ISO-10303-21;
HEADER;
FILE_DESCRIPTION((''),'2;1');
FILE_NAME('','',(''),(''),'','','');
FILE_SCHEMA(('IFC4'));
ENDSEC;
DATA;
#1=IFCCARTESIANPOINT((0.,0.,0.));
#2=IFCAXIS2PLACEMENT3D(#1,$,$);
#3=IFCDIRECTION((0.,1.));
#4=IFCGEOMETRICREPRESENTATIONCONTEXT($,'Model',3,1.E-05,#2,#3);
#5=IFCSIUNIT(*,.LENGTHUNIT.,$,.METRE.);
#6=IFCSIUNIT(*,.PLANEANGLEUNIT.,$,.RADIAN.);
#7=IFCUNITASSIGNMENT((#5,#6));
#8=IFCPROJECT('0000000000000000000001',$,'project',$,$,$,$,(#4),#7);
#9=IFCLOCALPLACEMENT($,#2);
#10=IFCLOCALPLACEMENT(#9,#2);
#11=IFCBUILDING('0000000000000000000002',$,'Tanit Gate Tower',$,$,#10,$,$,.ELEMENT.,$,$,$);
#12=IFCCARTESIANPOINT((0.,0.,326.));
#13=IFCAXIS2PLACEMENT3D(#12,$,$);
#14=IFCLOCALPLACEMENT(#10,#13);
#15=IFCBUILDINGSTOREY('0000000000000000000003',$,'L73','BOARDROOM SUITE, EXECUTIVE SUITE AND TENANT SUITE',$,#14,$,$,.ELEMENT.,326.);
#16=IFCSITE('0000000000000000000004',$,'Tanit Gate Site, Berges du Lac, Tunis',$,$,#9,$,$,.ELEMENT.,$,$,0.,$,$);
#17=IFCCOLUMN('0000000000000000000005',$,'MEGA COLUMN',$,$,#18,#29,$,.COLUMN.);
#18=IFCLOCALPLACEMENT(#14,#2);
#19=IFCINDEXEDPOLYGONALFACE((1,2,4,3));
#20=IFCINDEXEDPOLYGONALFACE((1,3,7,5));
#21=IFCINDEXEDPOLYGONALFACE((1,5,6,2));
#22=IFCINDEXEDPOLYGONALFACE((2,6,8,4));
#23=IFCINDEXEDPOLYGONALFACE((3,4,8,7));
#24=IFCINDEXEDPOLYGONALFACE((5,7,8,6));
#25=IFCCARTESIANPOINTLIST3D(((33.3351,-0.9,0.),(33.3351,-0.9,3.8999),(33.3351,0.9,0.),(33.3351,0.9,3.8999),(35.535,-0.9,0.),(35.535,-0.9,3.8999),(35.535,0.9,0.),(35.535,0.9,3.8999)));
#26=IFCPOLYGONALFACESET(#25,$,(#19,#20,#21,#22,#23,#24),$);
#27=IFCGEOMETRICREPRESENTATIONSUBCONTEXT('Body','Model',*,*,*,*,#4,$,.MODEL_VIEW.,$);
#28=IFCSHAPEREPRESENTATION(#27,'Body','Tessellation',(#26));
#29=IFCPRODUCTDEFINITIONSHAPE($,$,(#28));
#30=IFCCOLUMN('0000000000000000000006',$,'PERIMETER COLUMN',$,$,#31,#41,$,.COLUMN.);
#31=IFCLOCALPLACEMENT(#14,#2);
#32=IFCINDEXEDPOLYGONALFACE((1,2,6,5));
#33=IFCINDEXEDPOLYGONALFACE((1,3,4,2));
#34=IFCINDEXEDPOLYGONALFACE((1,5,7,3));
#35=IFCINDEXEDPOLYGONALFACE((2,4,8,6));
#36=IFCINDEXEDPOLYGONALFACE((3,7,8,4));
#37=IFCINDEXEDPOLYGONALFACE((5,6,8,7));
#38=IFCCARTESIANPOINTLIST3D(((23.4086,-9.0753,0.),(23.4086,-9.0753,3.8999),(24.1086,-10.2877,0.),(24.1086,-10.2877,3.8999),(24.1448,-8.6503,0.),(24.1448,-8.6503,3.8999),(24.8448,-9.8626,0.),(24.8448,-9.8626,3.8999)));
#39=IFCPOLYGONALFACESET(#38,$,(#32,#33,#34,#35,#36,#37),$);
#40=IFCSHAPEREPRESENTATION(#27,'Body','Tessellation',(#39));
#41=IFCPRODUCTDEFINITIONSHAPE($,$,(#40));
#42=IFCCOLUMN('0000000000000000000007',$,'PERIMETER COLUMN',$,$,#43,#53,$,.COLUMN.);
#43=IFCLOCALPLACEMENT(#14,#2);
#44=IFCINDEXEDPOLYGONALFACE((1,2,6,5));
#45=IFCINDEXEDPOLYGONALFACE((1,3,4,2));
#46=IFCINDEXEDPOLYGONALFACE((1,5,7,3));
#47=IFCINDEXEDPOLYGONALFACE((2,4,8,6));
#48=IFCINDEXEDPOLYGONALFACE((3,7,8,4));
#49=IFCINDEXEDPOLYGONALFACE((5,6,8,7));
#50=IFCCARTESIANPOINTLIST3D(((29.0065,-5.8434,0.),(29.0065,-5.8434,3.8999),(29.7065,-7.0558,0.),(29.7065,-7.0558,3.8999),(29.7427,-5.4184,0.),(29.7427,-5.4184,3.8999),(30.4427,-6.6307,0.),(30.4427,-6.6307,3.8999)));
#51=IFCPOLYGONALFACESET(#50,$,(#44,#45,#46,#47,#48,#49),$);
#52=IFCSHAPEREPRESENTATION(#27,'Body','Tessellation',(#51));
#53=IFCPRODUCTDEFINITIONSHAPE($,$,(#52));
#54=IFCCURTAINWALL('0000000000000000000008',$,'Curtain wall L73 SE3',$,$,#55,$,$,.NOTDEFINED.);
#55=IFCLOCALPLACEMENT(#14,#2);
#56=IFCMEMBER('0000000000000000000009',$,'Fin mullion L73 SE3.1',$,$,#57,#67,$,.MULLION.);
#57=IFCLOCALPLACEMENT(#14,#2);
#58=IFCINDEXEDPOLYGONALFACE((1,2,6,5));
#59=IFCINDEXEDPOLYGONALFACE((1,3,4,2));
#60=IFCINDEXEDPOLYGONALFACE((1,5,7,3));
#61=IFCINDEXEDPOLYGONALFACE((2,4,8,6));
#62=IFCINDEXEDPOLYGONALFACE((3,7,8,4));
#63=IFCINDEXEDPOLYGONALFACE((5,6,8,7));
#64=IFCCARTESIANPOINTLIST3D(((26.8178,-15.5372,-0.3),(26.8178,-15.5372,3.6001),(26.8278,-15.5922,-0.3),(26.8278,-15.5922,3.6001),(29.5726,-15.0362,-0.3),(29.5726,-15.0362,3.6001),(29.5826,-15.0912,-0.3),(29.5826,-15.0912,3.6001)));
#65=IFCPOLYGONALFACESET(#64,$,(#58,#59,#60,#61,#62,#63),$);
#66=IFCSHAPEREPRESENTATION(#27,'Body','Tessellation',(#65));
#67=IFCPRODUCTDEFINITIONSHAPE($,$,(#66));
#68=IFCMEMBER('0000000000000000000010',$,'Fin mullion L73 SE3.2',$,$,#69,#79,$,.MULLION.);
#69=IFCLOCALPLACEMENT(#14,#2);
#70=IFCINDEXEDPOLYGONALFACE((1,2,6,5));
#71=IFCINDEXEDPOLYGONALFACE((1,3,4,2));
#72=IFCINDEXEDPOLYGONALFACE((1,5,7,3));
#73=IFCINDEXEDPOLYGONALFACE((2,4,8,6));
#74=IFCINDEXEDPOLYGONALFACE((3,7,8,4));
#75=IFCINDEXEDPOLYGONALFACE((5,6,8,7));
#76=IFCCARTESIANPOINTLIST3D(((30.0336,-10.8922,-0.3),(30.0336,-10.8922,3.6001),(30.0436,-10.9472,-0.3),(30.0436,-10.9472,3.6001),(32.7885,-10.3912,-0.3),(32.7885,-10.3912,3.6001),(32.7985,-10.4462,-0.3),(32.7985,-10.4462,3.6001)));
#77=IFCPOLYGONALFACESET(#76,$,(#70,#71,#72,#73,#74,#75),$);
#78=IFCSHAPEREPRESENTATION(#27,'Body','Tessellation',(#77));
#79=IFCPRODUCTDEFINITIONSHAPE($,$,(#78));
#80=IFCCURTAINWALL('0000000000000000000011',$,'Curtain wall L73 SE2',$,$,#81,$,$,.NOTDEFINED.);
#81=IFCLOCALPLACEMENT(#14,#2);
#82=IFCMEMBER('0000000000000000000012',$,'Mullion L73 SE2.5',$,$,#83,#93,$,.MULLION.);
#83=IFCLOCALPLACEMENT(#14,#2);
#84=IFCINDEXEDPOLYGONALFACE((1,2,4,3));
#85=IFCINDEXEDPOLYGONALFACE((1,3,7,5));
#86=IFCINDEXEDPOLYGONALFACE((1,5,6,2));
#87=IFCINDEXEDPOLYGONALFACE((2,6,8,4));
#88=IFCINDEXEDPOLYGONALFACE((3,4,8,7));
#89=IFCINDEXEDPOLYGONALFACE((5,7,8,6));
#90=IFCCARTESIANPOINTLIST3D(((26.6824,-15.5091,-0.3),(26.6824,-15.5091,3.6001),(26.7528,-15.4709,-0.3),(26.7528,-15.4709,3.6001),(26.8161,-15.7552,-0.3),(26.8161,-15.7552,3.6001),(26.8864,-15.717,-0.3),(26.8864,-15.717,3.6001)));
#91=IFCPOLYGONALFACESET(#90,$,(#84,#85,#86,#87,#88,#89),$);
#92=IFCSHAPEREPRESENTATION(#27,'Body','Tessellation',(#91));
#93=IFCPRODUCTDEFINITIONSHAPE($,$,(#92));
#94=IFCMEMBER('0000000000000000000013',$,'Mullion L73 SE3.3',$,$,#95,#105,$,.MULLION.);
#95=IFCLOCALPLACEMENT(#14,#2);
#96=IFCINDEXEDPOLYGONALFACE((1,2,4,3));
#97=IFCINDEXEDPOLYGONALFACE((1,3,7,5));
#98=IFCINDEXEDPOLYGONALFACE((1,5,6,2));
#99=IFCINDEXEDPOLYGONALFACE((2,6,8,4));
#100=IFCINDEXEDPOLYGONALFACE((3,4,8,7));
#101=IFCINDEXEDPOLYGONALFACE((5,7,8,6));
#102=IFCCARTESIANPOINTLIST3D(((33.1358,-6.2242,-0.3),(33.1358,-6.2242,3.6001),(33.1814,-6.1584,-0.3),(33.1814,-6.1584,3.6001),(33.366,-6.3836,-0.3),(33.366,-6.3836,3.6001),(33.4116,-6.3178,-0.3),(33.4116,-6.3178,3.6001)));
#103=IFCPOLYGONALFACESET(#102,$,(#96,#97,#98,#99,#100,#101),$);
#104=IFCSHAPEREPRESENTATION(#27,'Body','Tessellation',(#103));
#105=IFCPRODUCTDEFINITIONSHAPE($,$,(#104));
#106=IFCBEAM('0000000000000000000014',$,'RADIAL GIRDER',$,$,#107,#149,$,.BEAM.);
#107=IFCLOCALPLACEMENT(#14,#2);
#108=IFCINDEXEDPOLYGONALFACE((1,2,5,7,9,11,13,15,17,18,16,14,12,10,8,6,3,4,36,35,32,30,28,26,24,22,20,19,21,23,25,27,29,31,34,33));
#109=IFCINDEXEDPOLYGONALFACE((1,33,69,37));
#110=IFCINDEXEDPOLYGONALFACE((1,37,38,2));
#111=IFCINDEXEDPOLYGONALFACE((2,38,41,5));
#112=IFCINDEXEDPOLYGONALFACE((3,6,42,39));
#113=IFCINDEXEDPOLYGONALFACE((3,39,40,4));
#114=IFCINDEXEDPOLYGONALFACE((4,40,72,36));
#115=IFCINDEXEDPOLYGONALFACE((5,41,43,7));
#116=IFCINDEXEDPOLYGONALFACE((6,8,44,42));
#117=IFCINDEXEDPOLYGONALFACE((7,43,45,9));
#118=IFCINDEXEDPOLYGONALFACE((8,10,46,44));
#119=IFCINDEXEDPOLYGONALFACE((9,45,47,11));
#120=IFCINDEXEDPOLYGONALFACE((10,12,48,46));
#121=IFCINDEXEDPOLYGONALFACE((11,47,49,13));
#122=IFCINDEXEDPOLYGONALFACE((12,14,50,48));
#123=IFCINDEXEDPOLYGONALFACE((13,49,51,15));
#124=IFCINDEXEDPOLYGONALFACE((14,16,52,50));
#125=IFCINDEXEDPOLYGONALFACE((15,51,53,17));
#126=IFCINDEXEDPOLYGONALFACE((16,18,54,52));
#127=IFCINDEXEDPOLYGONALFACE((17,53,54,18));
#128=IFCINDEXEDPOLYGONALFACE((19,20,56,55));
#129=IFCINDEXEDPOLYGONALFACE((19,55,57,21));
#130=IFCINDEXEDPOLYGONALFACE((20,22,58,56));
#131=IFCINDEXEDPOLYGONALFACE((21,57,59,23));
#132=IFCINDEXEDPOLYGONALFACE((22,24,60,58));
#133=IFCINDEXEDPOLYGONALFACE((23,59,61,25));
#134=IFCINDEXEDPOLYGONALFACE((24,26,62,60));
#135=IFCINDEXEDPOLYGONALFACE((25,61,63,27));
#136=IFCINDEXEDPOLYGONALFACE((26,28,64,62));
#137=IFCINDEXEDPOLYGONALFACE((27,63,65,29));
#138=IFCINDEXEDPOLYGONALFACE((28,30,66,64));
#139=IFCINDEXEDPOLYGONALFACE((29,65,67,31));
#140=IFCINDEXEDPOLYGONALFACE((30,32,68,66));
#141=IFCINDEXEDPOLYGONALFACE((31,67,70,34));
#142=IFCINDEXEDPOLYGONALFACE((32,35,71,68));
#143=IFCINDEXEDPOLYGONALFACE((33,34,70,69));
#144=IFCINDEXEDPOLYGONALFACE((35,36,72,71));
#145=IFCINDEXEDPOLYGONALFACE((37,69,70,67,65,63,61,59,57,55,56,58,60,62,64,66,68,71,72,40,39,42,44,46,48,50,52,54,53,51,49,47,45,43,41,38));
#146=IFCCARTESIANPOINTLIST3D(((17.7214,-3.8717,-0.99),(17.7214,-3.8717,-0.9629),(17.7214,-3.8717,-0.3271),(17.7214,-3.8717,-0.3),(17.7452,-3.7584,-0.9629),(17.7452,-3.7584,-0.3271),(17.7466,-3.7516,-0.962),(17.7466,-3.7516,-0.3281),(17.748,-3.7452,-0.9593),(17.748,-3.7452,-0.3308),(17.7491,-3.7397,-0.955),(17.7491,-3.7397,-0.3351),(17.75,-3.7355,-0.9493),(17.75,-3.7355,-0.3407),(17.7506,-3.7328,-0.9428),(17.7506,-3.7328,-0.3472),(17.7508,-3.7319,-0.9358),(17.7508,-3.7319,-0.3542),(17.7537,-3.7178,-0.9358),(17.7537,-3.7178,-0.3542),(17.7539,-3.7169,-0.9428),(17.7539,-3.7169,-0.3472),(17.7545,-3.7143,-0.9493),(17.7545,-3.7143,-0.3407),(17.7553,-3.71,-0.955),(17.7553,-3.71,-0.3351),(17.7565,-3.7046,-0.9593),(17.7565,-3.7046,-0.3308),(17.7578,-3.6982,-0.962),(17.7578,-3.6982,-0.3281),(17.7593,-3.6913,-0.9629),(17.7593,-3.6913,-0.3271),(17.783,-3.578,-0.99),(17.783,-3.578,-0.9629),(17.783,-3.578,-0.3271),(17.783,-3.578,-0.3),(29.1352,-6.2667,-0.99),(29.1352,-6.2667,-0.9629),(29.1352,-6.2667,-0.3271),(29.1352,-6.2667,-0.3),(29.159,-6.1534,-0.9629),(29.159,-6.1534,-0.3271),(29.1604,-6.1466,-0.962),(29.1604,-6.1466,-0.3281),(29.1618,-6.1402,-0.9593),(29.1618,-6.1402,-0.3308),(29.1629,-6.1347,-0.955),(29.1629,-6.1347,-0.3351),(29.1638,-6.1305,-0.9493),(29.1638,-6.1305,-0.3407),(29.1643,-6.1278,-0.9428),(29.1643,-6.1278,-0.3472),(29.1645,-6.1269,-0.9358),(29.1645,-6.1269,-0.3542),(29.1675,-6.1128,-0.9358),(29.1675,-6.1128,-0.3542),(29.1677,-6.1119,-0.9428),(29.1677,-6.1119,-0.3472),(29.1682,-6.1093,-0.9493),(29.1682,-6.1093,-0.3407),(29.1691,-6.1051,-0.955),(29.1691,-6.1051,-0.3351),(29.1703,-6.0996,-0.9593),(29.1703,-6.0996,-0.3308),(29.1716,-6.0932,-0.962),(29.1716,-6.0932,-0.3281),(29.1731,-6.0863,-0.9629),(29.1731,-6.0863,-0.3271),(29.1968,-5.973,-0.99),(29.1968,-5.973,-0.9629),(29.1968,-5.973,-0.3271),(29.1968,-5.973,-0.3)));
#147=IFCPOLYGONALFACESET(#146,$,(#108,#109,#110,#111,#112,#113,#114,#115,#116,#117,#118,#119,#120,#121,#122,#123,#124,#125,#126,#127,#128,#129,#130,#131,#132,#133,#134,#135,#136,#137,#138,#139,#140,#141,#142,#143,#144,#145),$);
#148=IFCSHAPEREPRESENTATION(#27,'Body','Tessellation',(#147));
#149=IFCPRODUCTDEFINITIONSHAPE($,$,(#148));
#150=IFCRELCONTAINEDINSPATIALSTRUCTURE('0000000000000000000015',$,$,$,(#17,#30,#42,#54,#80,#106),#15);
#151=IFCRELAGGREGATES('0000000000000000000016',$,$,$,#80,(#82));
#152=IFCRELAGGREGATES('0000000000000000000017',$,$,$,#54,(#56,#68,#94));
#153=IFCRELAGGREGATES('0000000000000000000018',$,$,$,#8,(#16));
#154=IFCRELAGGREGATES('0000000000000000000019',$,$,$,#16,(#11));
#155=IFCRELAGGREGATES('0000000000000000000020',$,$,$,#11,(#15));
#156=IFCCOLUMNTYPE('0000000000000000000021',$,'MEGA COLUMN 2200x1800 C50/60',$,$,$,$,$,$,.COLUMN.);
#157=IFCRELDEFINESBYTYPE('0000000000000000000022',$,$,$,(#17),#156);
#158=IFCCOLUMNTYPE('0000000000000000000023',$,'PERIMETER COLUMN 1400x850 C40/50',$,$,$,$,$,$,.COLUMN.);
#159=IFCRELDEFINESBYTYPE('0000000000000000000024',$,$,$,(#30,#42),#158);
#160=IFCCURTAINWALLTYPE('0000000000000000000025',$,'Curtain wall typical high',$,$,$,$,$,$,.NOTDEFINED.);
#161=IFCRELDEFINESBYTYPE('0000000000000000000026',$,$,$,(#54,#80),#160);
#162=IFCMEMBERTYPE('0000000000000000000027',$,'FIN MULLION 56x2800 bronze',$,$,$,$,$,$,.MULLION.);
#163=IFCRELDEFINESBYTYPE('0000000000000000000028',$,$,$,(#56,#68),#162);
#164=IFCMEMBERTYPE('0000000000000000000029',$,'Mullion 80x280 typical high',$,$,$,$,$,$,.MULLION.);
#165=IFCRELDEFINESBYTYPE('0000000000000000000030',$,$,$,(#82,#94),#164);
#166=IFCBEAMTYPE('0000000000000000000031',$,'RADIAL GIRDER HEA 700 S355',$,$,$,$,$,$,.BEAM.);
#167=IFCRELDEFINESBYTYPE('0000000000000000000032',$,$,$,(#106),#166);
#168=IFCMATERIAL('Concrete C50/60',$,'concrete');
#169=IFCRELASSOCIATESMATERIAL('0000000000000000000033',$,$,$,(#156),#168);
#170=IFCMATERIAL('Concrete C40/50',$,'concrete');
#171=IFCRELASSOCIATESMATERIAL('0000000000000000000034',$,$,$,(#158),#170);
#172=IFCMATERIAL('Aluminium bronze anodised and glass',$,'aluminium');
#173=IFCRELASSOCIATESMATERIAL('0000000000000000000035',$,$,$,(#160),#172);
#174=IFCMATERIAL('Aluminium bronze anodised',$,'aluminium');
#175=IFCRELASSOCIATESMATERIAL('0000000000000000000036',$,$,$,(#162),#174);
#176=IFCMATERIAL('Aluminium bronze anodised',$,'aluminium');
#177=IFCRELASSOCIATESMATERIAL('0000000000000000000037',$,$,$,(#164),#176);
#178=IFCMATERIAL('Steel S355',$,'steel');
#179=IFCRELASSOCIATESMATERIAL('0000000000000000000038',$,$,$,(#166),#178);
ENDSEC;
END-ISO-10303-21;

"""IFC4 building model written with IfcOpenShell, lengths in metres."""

from ifc_helpers import new_model, si_unit, direction, frame, origin, origin_2d, place, context, subcontext, project, spatial, rectangle, i_section, extrude, material, material_profile, profile_set, type_object, element, aggregate, save


model = new_model("IFC4")

# Units and contexts
model_context = context("Model", 3, precision=1e-05, world=origin(), true_north=direction((0.0, 1.0)))
body_context = subcontext(model_context, "Body", "Model", "MODEL_VIEW")
ifc_project = project(units=[si_unit("LENGTHUNIT", "METRE"), si_unit("PLANEANGLEUNIT", "RADIAN")], contexts=[model_context])

# Site, building, storey
site_placement = place(None, origin())
site = spatial("IfcSite", under=ifc_project, at=site_placement, Name="Tanit Gate Site, Berges du Lac, Tunis", CompositionType="ELEMENT", RefElevation=0.0)
building_placement = place(site_placement, origin())
building = spatial("IfcBuilding", under=site, at=building_placement, Name="Tanit Gate Tower", CompositionType="ELEMENT")
storey_placement = place(building_placement, frame((0.0, 0.0, 326.0)))
storey = spatial("IfcBuildingStorey", under=building, at=storey_placement, Name="L73", Description="BOARDROOM SUITE, EXECUTIVE SUITE AND TENANT SUITE", CompositionType="ELEMENT", Elevation=326.0)

# Columns
ifc_material_1 = material(Name="Concrete C50/60", Category="concrete")
ifc_material_profile_1 = material_profile(ifc_material_1, rectangle(XDim=2.2, YDim=1.8, at=origin_2d()), Name="RC 2200x1800")
ifc_profile_set_1 = profile_set([ifc_material_profile_1], Name="Concrete C50/60")
column_type_1 = type_object("IfcColumnType", Name="MEGA COLUMN 2200x1800 C50/60", PredefinedType="COLUMN", material=ifc_profile_set_1)
column_placement = place(storey_placement, frame((34.4351, 0.0, 0.0), z_axis=(0.0, 0.0, 1.0), x_axis=(1.0, 0.0, 0.0)))
element("IfcColumn", 1, at=column_placement, inside=storey, type_object=column_type_1, Name="MEGA COLUMN", PredefinedType="COLUMN", context=body_context, shape_type="SweptSolid", body=[
    extrude(rectangle(XDim=2.2, YDim=1.8, at=origin_2d()), origin(), (0.0, 0.0, 1.0), 3.8999),
])
ifc_material_2 = material(Name="Concrete C40/50", Category="concrete")
ifc_material_profile_2 = material_profile(ifc_material_2, rectangle(XDim=1.3999, YDim=0.8501, at=origin_2d()), Name="RC 1400x850")
ifc_profile_set_2 = profile_set([ifc_material_profile_2], Name="Concrete C40/50")
column_type_2 = type_object("IfcColumnType", Name="PERIMETER COLUMN 1400x850 C40/50", PredefinedType="COLUMN", material=ifc_profile_set_2)
for number, where, z_axis, x_axis, name in (
    (2, (24.1267, -9.469, 0.0), (0.0, 0.0, 1.0), (0.5, -0.866025, 0.0), "PERIMETER COLUMN"),
    (3, (29.7246, -6.2371, 0.0), (0.0, 0.0, 1.0), (0.5, -0.866025, 0.0), "PERIMETER COLUMN"),
):
    element("IfcColumn", number, at=place(storey_placement, frame(where, z_axis=z_axis, x_axis=x_axis)), inside=storey, type_object=column_type_2, Name=name, PredefinedType="COLUMN", context=body_context, shape_type="SweptSolid", body=[
        extrude(rectangle(XDim=1.3999, YDim=0.8501, at=origin_2d()), origin(), (0.0, 0.0, 1.0), 3.8999),
    ])

# Curtain wall, members
ifc_material_3 = material(Name="Aluminium bronze anodised and glass", Category="aluminium")
curtain_wall_type = type_object("IfcCurtainWallType", Name="Curtain wall typical high", PredefinedType="NOTDEFINED", material=ifc_material_3)
curtain_wall_1_placement = place(storey_placement, origin())
curtain_wall_1 = element("IfcCurtainWall", 4, at=curtain_wall_1_placement, inside=storey, type_object=curtain_wall_type, Name="Curtain wall L73 SE3", PredefinedType="NOTDEFINED")
ifc_material_4 = material(Name="Aluminium bronze anodised", Category="aluminium")
ifc_material_profile_3 = material_profile(ifc_material_4, rectangle(XDim=2.8, YDim=0.0559, at=origin_2d()), Name="56x2800 bronze fin mullion")
ifc_profile_set_3 = profile_set([ifc_material_profile_3], Name="Aluminium bronze anodised")
member_type_1 = type_object("IfcMemberType", Name="FIN MULLION 56x2800 bronze", PredefinedType="MULLION", material=ifc_profile_set_3)
member_1_placement = place(storey_placement, frame((28.2002, -15.3142, -0.3), z_axis=(0.0, 0.0, 1.0), x_axis=(-0.983866, -0.178909, 0.0)))
member_1 = element("IfcMember", 5, at=member_1_placement, type_object=member_type_1, Name="Fin mullion L73 SE3.1", PredefinedType="MULLION", context=body_context, shape_type="SweptSolid", body=[
    extrude(rectangle(XDim=2.8, YDim=0.0559, at=origin_2d()), origin(), (0.0, 0.0, 1.0), 3.9001),
])
member_2_placement = place(storey_placement, frame((31.416, -10.6692, -0.3), z_axis=(0.0, 0.0, 1.0), x_axis=(-0.983866, -0.178909, 0.0)))
member_2 = element("IfcMember", 6, at=member_2_placement, type_object=member_type_1, Name="Fin mullion L73 SE3.2", PredefinedType="MULLION", context=body_context, shape_type="SweptSolid", body=[
    extrude(rectangle(XDim=2.8, YDim=0.0559, at=origin_2d()), origin(), (0.0, 0.0, 1.0), 3.9001),
])

# Curtain wall, member
curtain_wall_2_placement = place(storey_placement, origin())
curtain_wall_2 = element("IfcCurtainWall", 7, at=curtain_wall_2_placement, inside=storey, type_object=curtain_wall_type, Name="Curtain wall L73 SE2", PredefinedType="NOTDEFINED")
ifc_material_5 = material(Name="Aluminium bronze anodised", Category="aluminium")
ifc_material_profile_4 = material_profile(ifc_material_5, rectangle(XDim=0.28, YDim=0.0801, at=origin_2d()), Name="80x280 bronze mullion")
ifc_profile_set_4 = profile_set([ifc_material_profile_4], Name="Aluminium bronze anodised")
member_type_2 = type_object("IfcMemberType", Name="Mullion 80x280 typical high", PredefinedType="MULLION", material=ifc_profile_set_4)
member_3_placement = place(storey_placement, frame((26.7844, -15.613, -0.3), z_axis=(0.0, 0.0, 1.0), x_axis=(-0.477259, 0.878762, 0.0)))
member_3 = element("IfcMember", 8, at=member_3_placement, type_object=member_type_2, Name="Mullion L73 SE2.5", PredefinedType="MULLION", context=body_context, shape_type="SweptSolid", body=[
    extrude(rectangle(XDim=0.28, YDim=0.0801, at=origin_2d()), origin(), (0.0, 0.0, 1.0), 3.9001),
])

# Member
member_4_placement = place(storey_placement, frame((33.2737, -6.271, -0.3), z_axis=(0.0, 0.0, 1.0), x_axis=(-0.822206, 0.56919, 0.0)))
member_4 = element("IfcMember", 9, at=member_4_placement, type_object=member_type_2, Name="Mullion L73 SE3.3", PredefinedType="MULLION", context=body_context, shape_type="SweptSolid", body=[
    extrude(rectangle(XDim=0.28, YDim=0.0801, at=origin_2d()), origin(), (0.0, 0.0, 1.0), 3.9001),
])

# Beam
ifc_material_6 = material(Name="Steel S355", Category="steel")
ifc_material_profile_5 = material_profile(ifc_material_6, i_section(OverallWidth=0.3, OverallDepth=0.6899, WebThickness=0.0144, FlangeThickness=0.0271, FilletRadius=0.0271, at=origin_2d()), Name="HEA 700")
ifc_profile_set_5 = profile_set([ifc_material_profile_5], Name="Steel S355")
beam_type_1 = type_object("IfcBeamType", Name="RADIAL GIRDER HEA 700 S355", PredefinedType="BEAM", material=ifc_profile_set_5)
beam_1_placement = place(storey_placement, frame((29.166, -6.1199, -0.645), z_axis=(-0.978686, 0.205363, 0.0), x_axis=(-0.205363, -0.978686, 0.0)))
element("IfcBeam", 10, at=beam_1_placement, inside=storey, type_object=beam_type_1, Name="RADIAL GIRDER", PredefinedType="BEAM", context=body_context, shape_type="SweptSolid", body=[
    extrude(i_section(OverallWidth=0.3, OverallDepth=0.6899, WebThickness=0.0144, FlangeThickness=0.0271, FilletRadius=0.0271, at=origin_2d()), origin(), (0.0, 0.0, 1.0), 11.6624),
])

aggregate(curtain_wall_2, [member_3])
aggregate(curtain_wall_1, [member_1, member_2, member_4])

save(model, "model.ifc")
